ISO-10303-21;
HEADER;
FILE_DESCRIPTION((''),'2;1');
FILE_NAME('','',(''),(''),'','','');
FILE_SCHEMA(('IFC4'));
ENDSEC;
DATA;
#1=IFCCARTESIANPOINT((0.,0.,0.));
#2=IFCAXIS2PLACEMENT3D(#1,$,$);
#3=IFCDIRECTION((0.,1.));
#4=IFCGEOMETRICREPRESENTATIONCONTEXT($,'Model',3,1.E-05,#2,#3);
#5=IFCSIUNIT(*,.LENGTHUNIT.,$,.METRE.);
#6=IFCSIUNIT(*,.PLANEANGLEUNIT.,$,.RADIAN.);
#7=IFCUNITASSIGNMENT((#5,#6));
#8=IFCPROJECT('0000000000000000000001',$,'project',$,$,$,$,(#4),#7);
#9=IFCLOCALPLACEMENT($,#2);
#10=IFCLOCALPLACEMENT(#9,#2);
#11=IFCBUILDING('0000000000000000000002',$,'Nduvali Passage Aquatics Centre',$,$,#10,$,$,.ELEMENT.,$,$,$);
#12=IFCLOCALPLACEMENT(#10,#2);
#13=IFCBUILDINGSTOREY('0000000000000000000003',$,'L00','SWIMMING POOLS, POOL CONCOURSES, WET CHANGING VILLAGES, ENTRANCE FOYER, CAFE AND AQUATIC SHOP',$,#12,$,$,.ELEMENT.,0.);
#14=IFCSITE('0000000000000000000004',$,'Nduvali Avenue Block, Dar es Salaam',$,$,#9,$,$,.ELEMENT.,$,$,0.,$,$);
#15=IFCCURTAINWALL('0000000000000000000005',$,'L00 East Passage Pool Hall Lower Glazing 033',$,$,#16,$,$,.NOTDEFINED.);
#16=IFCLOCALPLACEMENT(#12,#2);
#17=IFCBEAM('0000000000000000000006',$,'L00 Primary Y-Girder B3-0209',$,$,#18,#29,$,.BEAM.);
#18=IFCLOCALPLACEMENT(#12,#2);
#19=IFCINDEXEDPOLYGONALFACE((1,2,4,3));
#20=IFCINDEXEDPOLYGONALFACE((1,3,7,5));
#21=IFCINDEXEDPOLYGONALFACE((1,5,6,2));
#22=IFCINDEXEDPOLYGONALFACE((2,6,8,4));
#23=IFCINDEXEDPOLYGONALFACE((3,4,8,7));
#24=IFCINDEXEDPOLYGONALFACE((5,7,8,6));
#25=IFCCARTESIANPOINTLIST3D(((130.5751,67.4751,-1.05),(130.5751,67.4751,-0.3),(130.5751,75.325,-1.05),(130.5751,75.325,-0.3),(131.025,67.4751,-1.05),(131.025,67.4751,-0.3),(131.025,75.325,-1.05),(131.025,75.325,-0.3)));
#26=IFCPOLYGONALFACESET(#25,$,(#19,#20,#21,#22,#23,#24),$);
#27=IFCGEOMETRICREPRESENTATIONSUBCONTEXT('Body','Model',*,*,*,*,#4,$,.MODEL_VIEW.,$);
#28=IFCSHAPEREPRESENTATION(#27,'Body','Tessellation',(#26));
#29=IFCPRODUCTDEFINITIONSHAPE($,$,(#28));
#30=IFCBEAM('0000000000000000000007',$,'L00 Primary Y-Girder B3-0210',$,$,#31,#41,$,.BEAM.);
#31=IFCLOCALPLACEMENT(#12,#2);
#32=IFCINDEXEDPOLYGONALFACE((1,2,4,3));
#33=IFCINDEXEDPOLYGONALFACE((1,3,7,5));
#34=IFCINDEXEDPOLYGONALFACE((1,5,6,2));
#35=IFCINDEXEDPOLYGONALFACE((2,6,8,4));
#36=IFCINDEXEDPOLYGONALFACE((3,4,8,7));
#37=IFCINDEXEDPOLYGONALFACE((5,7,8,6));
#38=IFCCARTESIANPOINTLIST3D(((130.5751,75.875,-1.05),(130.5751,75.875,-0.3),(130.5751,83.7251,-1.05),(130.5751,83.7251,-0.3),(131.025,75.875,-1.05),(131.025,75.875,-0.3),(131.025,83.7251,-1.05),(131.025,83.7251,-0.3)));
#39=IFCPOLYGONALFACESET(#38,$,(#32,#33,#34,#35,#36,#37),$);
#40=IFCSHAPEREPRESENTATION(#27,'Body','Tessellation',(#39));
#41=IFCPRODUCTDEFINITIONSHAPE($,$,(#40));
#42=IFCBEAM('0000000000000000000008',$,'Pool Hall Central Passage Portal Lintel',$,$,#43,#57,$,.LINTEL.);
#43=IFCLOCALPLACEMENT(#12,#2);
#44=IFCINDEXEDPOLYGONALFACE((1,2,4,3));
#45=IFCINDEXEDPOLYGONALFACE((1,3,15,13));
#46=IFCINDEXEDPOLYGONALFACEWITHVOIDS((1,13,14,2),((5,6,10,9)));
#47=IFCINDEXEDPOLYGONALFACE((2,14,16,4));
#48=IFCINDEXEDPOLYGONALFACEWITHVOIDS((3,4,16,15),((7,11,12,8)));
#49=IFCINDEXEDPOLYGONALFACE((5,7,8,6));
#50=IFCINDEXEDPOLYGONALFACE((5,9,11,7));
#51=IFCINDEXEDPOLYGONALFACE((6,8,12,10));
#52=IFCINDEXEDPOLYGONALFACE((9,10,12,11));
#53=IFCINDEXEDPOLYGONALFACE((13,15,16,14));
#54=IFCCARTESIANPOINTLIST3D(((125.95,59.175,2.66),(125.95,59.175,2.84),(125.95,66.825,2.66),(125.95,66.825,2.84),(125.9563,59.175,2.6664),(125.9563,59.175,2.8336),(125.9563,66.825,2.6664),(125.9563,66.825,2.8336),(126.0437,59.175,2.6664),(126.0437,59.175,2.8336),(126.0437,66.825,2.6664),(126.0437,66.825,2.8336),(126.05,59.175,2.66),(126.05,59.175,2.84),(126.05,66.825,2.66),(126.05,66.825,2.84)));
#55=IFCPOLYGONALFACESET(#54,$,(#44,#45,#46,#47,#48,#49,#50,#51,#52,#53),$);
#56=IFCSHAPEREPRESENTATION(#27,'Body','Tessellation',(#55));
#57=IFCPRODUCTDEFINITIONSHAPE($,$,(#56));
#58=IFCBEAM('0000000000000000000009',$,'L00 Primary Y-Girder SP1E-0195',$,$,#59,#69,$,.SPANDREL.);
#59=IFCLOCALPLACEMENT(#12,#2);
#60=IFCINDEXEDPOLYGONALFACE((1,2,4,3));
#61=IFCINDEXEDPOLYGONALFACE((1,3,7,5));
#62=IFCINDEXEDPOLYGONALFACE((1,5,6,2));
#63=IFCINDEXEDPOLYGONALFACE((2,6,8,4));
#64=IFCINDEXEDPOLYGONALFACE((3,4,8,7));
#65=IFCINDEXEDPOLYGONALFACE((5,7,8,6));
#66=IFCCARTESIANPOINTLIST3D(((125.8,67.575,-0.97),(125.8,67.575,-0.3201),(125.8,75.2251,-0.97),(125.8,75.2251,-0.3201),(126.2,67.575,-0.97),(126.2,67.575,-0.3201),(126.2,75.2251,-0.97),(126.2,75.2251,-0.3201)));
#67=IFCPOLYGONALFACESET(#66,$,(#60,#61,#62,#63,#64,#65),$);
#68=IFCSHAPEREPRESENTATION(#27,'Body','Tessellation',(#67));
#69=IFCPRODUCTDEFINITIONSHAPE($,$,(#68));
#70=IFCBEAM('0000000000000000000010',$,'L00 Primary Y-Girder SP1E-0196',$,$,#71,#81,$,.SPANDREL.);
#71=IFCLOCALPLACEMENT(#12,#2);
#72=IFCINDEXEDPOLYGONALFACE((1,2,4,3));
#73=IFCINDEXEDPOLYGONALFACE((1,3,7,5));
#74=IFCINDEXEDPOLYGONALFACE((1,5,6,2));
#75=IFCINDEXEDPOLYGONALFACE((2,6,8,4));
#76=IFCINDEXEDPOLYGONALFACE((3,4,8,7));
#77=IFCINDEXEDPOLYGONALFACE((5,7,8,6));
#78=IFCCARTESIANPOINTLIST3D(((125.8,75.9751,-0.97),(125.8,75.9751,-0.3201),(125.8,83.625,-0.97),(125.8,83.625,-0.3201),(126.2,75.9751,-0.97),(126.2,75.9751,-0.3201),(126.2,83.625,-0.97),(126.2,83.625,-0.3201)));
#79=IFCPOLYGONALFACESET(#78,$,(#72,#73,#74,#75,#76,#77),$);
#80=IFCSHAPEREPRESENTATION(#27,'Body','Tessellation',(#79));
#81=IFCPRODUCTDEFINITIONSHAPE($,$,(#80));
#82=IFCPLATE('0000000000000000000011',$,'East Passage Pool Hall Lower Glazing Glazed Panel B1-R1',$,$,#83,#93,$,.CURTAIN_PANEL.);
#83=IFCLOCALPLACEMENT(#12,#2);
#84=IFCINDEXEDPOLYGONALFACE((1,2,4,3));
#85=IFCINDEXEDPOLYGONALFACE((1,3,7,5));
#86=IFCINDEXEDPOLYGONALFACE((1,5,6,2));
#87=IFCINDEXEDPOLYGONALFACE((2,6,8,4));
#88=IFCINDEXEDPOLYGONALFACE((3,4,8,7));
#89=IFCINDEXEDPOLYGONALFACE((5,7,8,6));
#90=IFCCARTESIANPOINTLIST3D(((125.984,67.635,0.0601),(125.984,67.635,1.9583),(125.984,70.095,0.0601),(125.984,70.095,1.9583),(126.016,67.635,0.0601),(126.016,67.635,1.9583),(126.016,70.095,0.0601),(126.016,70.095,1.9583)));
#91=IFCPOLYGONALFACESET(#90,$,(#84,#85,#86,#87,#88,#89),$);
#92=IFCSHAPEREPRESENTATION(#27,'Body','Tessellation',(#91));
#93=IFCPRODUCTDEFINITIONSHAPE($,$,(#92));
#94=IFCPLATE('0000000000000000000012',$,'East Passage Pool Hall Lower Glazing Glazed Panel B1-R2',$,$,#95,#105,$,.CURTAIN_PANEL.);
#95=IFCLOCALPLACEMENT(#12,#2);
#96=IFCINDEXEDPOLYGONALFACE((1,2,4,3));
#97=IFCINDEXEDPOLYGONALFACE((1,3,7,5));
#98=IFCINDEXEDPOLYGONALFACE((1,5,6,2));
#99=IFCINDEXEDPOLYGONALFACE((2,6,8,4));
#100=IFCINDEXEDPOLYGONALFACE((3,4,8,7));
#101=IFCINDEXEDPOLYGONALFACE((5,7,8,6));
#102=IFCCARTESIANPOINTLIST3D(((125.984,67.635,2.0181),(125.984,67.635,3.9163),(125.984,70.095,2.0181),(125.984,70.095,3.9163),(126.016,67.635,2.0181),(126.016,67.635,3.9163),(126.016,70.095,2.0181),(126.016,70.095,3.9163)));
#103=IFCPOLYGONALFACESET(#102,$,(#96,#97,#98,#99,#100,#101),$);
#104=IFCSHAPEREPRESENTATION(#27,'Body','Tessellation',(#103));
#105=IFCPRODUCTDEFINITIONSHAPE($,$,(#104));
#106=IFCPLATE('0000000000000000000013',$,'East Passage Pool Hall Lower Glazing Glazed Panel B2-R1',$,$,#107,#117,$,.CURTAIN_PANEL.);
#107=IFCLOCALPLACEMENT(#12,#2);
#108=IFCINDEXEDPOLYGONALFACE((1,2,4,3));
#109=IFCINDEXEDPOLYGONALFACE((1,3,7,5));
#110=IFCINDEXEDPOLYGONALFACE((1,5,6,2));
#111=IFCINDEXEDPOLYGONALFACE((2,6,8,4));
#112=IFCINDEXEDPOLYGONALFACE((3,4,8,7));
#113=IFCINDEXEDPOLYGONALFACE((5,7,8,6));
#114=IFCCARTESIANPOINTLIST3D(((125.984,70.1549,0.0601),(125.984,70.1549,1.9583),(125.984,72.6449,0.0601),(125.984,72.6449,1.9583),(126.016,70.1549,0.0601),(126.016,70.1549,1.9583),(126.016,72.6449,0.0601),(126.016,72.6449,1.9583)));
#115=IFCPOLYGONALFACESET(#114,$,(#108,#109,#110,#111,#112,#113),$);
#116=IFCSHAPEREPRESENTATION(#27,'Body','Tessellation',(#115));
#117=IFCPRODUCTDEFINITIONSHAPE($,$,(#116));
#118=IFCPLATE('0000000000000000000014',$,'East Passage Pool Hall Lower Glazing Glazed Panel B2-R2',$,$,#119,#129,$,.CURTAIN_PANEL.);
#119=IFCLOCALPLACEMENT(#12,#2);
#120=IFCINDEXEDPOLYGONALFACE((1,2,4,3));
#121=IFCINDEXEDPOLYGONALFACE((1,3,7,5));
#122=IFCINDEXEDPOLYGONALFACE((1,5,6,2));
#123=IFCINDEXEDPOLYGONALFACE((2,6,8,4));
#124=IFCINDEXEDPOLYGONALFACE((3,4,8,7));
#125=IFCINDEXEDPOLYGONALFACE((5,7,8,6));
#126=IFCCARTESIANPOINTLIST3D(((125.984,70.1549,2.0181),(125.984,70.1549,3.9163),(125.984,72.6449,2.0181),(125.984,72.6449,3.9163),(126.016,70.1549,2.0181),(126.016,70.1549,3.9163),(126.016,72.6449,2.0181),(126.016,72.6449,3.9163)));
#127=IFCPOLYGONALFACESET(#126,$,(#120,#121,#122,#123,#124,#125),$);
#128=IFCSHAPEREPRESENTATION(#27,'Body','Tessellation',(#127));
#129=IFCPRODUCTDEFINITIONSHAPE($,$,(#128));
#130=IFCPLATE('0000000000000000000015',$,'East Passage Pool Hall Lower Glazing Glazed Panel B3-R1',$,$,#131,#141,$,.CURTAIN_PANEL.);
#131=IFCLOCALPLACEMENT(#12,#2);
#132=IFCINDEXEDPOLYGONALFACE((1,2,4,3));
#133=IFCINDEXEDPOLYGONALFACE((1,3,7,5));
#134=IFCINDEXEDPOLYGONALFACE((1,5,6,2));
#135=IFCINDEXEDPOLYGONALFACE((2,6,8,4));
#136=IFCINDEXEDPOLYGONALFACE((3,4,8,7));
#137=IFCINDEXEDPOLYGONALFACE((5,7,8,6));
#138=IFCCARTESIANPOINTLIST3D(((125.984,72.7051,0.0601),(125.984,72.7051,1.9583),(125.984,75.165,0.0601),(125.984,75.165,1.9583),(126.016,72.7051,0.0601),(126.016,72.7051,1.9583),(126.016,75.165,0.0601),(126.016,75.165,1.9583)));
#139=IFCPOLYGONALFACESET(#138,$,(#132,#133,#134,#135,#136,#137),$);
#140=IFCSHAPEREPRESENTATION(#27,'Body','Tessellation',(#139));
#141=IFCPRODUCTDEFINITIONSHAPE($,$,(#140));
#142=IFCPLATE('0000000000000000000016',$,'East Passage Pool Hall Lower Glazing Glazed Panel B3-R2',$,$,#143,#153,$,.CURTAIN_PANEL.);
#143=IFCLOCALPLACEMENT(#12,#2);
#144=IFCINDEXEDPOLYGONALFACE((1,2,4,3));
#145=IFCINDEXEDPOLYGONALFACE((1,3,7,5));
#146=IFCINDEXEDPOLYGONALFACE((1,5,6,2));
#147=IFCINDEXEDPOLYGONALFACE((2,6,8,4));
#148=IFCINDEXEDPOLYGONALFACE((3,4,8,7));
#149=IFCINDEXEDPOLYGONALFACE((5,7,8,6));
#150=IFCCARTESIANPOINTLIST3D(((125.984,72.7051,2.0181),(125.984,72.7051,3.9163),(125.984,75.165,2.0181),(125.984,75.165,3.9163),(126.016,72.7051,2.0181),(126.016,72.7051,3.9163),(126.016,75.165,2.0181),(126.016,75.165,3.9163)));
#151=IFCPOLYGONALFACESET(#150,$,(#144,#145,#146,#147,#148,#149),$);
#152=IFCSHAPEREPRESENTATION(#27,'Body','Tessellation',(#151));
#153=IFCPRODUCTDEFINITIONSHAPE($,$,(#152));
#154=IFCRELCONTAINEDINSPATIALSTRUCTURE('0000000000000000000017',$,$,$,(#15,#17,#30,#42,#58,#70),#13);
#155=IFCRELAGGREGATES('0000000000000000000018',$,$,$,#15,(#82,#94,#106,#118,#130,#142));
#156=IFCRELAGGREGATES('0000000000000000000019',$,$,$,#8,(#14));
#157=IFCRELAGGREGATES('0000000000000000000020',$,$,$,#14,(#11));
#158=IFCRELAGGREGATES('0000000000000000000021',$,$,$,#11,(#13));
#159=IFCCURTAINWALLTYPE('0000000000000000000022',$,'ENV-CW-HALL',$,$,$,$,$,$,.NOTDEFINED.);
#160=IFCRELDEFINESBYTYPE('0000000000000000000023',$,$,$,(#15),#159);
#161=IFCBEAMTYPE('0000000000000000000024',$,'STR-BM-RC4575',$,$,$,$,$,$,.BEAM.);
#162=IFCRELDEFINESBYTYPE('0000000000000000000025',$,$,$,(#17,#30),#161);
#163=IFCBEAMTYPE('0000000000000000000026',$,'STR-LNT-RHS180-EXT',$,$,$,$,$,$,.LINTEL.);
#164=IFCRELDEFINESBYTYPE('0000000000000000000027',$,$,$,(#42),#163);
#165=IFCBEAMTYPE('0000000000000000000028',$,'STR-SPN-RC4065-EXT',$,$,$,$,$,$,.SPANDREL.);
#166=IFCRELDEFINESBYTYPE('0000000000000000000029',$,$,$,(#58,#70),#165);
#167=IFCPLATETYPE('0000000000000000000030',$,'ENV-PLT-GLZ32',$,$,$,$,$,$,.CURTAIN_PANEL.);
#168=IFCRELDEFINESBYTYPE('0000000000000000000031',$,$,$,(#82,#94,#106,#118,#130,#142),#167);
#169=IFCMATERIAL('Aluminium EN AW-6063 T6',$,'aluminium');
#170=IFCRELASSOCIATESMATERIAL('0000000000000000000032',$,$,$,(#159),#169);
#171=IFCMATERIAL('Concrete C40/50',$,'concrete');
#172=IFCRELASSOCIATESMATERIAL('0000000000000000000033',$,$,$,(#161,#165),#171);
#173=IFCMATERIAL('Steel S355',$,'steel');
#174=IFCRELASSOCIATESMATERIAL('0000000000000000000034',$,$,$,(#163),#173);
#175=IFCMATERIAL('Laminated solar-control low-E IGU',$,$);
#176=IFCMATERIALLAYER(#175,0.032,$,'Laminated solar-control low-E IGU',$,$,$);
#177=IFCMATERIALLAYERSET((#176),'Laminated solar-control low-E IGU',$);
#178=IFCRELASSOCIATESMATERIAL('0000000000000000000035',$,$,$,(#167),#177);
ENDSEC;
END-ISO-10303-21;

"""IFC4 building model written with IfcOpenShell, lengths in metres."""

from ifc_helpers import new_model, si_unit, direction, frame, origin, origin_2d, place, context, subcontext, project, spatial, rectangle, hollow_rectangle, extrude, material, layer, layer_set, material_profile, profile_set, type_object, element, aggregate, save


model = new_model("IFC4")

# Units and contexts
model_context = context("Model", 3, precision=1e-05, world=origin(), true_north=direction((0.0, 1.0)))
body_context = subcontext(model_context, "Body", "Model", "MODEL_VIEW")
ifc_project = project(units=[si_unit("LENGTHUNIT", "METRE"), si_unit("PLANEANGLEUNIT", "RADIAN")], contexts=[model_context])

# Site, building, storey
site_placement = place(None, origin())
site = spatial("IfcSite", under=ifc_project, at=site_placement, Name="Nduvali Avenue Block, Dar es Salaam", CompositionType="ELEMENT", RefElevation=0.0)
building_placement = place(site_placement, origin())
building = spatial("IfcBuilding", under=site, at=building_placement, Name="Nduvali Passage Aquatics Centre", CompositionType="ELEMENT")
storey_placement = place(building_placement, origin())
storey = spatial("IfcBuildingStorey", under=building, at=storey_placement, Name="L00", Description="SWIMMING POOLS, POOL CONCOURSES, WET CHANGING VILLAGES, ENTRANCE FOYER, CAFE AND AQUATIC SHOP", CompositionType="ELEMENT", Elevation=0.0)

# Shared definitions
ifc_material_1 = material(Name="Concrete C40/50", Category="concrete")

# Curtain wall
ifc_material_2 = material(Name="Aluminium EN AW-6063 T6", Category="aluminium")
curtain_wall_type = type_object("IfcCurtainWallType", Name="ENV-CW-HALL", PredefinedType="NOTDEFINED", material=ifc_material_2)
curtain_wall_placement = place(storey_placement, origin())
curtain_wall = element("IfcCurtainWall", 1, at=curtain_wall_placement, inside=storey, type_object=curtain_wall_type, Name="L00 East Passage Pool Hall Lower Glazing 033", PredefinedType="NOTDEFINED")

# Beams
ifc_material_profile_1 = material_profile(ifc_material_1, rectangle(XDim=0.45, YDim=0.75, at=origin_2d()), Name="RC 450x750")
ifc_profile_set_1 = profile_set([ifc_material_profile_1], Name="Concrete C40/50")
beam_type_1 = type_object("IfcBeamType", Name="STR-BM-RC4575", PredefinedType="BEAM", material=ifc_profile_set_1)
beam_1_placement = place(storey_placement, frame((130.8, 67.4751, -0.675), z_axis=(0.0, 1.0, 0.0), x_axis=(-1.0, 0.0, 0.0)))
element("IfcBeam", 2, at=beam_1_placement, inside=storey, type_object=beam_type_1, Name="L00 Primary Y-Girder B3-0209", PredefinedType="BEAM", context=body_context, shape_type="SweptSolid", body=[
    extrude(rectangle(XDim=0.45, YDim=0.75, at=origin_2d()), origin(), (0.0, 0.0, 1.0), 7.8499),
])
beam_2_placement = place(storey_placement, frame((130.8, 75.875, -0.675), z_axis=(0.0, 1.0, 0.0), x_axis=(-1.0, 0.0, 0.0)))
element("IfcBeam", 3, at=beam_2_placement, inside=storey, type_object=beam_type_1, Name="L00 Primary Y-Girder B3-0210", PredefinedType="BEAM", context=body_context, shape_type="SweptSolid", body=[
    extrude(rectangle(XDim=0.45, YDim=0.75, at=origin_2d()), origin(), (0.0, 0.0, 1.0), 7.8501),
])
ifc_material_3 = material(Name="Steel S355", Category="steel")
ifc_material_profile_2 = material_profile(ifc_material_3, hollow_rectangle(XDim=0.1001, YDim=0.1799, WallThickness=0.0063, at=origin_2d()), Name="RHS 180x100x6.3")
ifc_profile_set_2 = profile_set([ifc_material_profile_2], Name="Steel S355")
beam_type_2 = type_object("IfcBeamType", Name="STR-LNT-RHS180-EXT", PredefinedType="LINTEL", material=ifc_profile_set_2)
beam_3_placement = place(storey_placement, frame((126.0, 59.175, 2.75), z_axis=(0.0, 1.0, 0.0), x_axis=(-1.0, 0.0, 0.0)))
element("IfcBeam", 4, at=beam_3_placement, inside=storey, type_object=beam_type_2, Name="Pool Hall Central Passage Portal Lintel", PredefinedType="LINTEL", context=body_context, shape_type="SweptSolid", body=[
    extrude(hollow_rectangle(XDim=0.1001, YDim=0.1799, WallThickness=0.0063, at=origin_2d()), origin(), (0.0, 0.0, 1.0), 7.6499),
])
ifc_material_profile_3 = material_profile(ifc_material_1, rectangle(XDim=0.3999, YDim=0.6499, at=origin_2d()), Name="RC 400x650")
ifc_profile_set_3 = profile_set([ifc_material_profile_3], Name="Concrete C40/50")
beam_type_3 = type_object("IfcBeamType", Name="STR-SPN-RC4065-EXT", PredefinedType="SPANDREL", material=ifc_profile_set_3)
beam_4_placement = place(storey_placement, frame((126.0, 67.575, -0.645), z_axis=(0.0, 1.0, 0.0), x_axis=(-1.0, 0.0, 0.0)))
element("IfcBeam", 5, at=beam_4_placement, inside=storey, type_object=beam_type_3, Name="L00 Primary Y-Girder SP1E-0195", PredefinedType="SPANDREL", context=body_context, shape_type="SweptSolid", body=[
    extrude(rectangle(XDim=0.3999, YDim=0.6499, at=origin_2d()), origin(), (0.0, 0.0, 1.0), 7.6501),
])
beam_5_placement = place(storey_placement, frame((126.0, 75.9751, -0.645), z_axis=(0.0, 1.0, 0.0), x_axis=(-1.0, 0.0, 0.0)))
element("IfcBeam", 6, at=beam_5_placement, inside=storey, type_object=beam_type_3, Name="L00 Primary Y-Girder SP1E-0196", PredefinedType="SPANDREL", context=body_context, shape_type="SweptSolid", body=[
    extrude(rectangle(XDim=0.3999, YDim=0.6499, at=origin_2d()), origin(), (0.0, 0.0, 1.0), 7.6499),
])

# Plates
ifc_material_4 = material(Name="Laminated solar-control low-E IGU")
ifc_layer = layer(ifc_material_4, 0.032, Name="Laminated solar-control low-E IGU")
ifc_layer_set = layer_set([ifc_layer], Name="Laminated solar-control low-E IGU")
plate_type = type_object("IfcPlateType", Name="ENV-PLT-GLZ32", PredefinedType="CURTAIN_PANEL", material=ifc_layer_set)
plate_1_placement = place(storey_placement, frame((126.0, 68.865, 0.0601), z_axis=(0.0, 0.0, 1.0), x_axis=(0.0, 1.0, 0.0)))
plate_1 = element("IfcPlate", 7, at=plate_1_placement, type_object=plate_type, Name="East Passage Pool Hall Lower Glazing Glazed Panel B1-R1", PredefinedType="CURTAIN_PANEL", context=body_context, shape_type="SweptSolid", body=[
    extrude(rectangle(XDim=2.46, YDim=0.032, at=origin_2d()), origin(), (0.0, 0.0, 1.0), 1.8982),
])
plate_2_placement = place(storey_placement, frame((126.0, 68.865, 2.0181), z_axis=(0.0, 0.0, 1.0), x_axis=(0.0, 1.0, 0.0)))
plate_2 = element("IfcPlate", 8, at=plate_2_placement, type_object=plate_type, Name="East Passage Pool Hall Lower Glazing Glazed Panel B1-R2", PredefinedType="CURTAIN_PANEL", context=body_context, shape_type="SweptSolid", body=[
    extrude(rectangle(XDim=2.46, YDim=0.032, at=origin_2d()), origin(), (0.0, 0.0, 1.0), 1.8982),
])
plate_3_placement = place(storey_placement, frame((126.0, 71.3999, 0.0601), z_axis=(0.0, 0.0, 1.0), x_axis=(0.0, 1.0, 0.0)))
plate_3 = element("IfcPlate", 9, at=plate_3_placement, type_object=plate_type, Name="East Passage Pool Hall Lower Glazing Glazed Panel B2-R1", PredefinedType="CURTAIN_PANEL", context=body_context, shape_type="SweptSolid", body=[
    extrude(rectangle(XDim=2.49, YDim=0.032, at=origin_2d()), origin(), (0.0, 0.0, 1.0), 1.8982),
])
plate_4_placement = place(storey_placement, frame((126.0, 71.3999, 2.0181), z_axis=(0.0, 0.0, 1.0), x_axis=(0.0, 1.0, 0.0)))
plate_4 = element("IfcPlate", 10, at=plate_4_placement, type_object=plate_type, Name="East Passage Pool Hall Lower Glazing Glazed Panel B2-R2", PredefinedType="CURTAIN_PANEL", context=body_context, shape_type="SweptSolid", body=[
    extrude(rectangle(XDim=2.49, YDim=0.032, at=origin_2d()), origin(), (0.0, 0.0, 1.0), 1.8982),
])
plate_5_placement = place(storey_placement, frame((126.0, 73.9351, 0.0601), z_axis=(0.0, 0.0, 1.0), x_axis=(0.0, 1.0, 0.0)))
plate_5 = element("IfcPlate", 11, at=plate_5_placement, type_object=plate_type, Name="East Passage Pool Hall Lower Glazing Glazed Panel B3-R1", PredefinedType="CURTAIN_PANEL", context=body_context, shape_type="SweptSolid", body=[
    extrude(rectangle(XDim=2.46, YDim=0.032, at=origin_2d()), origin(), (0.0, 0.0, 1.0), 1.8982),
])
plate_6_placement = place(storey_placement, frame((126.0, 73.9351, 2.0181), z_axis=(0.0, 0.0, 1.0), x_axis=(0.0, 1.0, 0.0)))
plate_6 = element("IfcPlate", 12, at=plate_6_placement, type_object=plate_type, Name="East Passage Pool Hall Lower Glazing Glazed Panel B3-R2", PredefinedType="CURTAIN_PANEL", context=body_context, shape_type="SweptSolid", body=[
    extrude(rectangle(XDim=2.46, YDim=0.032, at=origin_2d()), origin(), (0.0, 0.0, 1.0), 1.8982),
])
aggregate(curtain_wall, [plate_1, plate_2, plate_3, plate_4, plate_5, plate_6])

save(model, "model.ifc")
